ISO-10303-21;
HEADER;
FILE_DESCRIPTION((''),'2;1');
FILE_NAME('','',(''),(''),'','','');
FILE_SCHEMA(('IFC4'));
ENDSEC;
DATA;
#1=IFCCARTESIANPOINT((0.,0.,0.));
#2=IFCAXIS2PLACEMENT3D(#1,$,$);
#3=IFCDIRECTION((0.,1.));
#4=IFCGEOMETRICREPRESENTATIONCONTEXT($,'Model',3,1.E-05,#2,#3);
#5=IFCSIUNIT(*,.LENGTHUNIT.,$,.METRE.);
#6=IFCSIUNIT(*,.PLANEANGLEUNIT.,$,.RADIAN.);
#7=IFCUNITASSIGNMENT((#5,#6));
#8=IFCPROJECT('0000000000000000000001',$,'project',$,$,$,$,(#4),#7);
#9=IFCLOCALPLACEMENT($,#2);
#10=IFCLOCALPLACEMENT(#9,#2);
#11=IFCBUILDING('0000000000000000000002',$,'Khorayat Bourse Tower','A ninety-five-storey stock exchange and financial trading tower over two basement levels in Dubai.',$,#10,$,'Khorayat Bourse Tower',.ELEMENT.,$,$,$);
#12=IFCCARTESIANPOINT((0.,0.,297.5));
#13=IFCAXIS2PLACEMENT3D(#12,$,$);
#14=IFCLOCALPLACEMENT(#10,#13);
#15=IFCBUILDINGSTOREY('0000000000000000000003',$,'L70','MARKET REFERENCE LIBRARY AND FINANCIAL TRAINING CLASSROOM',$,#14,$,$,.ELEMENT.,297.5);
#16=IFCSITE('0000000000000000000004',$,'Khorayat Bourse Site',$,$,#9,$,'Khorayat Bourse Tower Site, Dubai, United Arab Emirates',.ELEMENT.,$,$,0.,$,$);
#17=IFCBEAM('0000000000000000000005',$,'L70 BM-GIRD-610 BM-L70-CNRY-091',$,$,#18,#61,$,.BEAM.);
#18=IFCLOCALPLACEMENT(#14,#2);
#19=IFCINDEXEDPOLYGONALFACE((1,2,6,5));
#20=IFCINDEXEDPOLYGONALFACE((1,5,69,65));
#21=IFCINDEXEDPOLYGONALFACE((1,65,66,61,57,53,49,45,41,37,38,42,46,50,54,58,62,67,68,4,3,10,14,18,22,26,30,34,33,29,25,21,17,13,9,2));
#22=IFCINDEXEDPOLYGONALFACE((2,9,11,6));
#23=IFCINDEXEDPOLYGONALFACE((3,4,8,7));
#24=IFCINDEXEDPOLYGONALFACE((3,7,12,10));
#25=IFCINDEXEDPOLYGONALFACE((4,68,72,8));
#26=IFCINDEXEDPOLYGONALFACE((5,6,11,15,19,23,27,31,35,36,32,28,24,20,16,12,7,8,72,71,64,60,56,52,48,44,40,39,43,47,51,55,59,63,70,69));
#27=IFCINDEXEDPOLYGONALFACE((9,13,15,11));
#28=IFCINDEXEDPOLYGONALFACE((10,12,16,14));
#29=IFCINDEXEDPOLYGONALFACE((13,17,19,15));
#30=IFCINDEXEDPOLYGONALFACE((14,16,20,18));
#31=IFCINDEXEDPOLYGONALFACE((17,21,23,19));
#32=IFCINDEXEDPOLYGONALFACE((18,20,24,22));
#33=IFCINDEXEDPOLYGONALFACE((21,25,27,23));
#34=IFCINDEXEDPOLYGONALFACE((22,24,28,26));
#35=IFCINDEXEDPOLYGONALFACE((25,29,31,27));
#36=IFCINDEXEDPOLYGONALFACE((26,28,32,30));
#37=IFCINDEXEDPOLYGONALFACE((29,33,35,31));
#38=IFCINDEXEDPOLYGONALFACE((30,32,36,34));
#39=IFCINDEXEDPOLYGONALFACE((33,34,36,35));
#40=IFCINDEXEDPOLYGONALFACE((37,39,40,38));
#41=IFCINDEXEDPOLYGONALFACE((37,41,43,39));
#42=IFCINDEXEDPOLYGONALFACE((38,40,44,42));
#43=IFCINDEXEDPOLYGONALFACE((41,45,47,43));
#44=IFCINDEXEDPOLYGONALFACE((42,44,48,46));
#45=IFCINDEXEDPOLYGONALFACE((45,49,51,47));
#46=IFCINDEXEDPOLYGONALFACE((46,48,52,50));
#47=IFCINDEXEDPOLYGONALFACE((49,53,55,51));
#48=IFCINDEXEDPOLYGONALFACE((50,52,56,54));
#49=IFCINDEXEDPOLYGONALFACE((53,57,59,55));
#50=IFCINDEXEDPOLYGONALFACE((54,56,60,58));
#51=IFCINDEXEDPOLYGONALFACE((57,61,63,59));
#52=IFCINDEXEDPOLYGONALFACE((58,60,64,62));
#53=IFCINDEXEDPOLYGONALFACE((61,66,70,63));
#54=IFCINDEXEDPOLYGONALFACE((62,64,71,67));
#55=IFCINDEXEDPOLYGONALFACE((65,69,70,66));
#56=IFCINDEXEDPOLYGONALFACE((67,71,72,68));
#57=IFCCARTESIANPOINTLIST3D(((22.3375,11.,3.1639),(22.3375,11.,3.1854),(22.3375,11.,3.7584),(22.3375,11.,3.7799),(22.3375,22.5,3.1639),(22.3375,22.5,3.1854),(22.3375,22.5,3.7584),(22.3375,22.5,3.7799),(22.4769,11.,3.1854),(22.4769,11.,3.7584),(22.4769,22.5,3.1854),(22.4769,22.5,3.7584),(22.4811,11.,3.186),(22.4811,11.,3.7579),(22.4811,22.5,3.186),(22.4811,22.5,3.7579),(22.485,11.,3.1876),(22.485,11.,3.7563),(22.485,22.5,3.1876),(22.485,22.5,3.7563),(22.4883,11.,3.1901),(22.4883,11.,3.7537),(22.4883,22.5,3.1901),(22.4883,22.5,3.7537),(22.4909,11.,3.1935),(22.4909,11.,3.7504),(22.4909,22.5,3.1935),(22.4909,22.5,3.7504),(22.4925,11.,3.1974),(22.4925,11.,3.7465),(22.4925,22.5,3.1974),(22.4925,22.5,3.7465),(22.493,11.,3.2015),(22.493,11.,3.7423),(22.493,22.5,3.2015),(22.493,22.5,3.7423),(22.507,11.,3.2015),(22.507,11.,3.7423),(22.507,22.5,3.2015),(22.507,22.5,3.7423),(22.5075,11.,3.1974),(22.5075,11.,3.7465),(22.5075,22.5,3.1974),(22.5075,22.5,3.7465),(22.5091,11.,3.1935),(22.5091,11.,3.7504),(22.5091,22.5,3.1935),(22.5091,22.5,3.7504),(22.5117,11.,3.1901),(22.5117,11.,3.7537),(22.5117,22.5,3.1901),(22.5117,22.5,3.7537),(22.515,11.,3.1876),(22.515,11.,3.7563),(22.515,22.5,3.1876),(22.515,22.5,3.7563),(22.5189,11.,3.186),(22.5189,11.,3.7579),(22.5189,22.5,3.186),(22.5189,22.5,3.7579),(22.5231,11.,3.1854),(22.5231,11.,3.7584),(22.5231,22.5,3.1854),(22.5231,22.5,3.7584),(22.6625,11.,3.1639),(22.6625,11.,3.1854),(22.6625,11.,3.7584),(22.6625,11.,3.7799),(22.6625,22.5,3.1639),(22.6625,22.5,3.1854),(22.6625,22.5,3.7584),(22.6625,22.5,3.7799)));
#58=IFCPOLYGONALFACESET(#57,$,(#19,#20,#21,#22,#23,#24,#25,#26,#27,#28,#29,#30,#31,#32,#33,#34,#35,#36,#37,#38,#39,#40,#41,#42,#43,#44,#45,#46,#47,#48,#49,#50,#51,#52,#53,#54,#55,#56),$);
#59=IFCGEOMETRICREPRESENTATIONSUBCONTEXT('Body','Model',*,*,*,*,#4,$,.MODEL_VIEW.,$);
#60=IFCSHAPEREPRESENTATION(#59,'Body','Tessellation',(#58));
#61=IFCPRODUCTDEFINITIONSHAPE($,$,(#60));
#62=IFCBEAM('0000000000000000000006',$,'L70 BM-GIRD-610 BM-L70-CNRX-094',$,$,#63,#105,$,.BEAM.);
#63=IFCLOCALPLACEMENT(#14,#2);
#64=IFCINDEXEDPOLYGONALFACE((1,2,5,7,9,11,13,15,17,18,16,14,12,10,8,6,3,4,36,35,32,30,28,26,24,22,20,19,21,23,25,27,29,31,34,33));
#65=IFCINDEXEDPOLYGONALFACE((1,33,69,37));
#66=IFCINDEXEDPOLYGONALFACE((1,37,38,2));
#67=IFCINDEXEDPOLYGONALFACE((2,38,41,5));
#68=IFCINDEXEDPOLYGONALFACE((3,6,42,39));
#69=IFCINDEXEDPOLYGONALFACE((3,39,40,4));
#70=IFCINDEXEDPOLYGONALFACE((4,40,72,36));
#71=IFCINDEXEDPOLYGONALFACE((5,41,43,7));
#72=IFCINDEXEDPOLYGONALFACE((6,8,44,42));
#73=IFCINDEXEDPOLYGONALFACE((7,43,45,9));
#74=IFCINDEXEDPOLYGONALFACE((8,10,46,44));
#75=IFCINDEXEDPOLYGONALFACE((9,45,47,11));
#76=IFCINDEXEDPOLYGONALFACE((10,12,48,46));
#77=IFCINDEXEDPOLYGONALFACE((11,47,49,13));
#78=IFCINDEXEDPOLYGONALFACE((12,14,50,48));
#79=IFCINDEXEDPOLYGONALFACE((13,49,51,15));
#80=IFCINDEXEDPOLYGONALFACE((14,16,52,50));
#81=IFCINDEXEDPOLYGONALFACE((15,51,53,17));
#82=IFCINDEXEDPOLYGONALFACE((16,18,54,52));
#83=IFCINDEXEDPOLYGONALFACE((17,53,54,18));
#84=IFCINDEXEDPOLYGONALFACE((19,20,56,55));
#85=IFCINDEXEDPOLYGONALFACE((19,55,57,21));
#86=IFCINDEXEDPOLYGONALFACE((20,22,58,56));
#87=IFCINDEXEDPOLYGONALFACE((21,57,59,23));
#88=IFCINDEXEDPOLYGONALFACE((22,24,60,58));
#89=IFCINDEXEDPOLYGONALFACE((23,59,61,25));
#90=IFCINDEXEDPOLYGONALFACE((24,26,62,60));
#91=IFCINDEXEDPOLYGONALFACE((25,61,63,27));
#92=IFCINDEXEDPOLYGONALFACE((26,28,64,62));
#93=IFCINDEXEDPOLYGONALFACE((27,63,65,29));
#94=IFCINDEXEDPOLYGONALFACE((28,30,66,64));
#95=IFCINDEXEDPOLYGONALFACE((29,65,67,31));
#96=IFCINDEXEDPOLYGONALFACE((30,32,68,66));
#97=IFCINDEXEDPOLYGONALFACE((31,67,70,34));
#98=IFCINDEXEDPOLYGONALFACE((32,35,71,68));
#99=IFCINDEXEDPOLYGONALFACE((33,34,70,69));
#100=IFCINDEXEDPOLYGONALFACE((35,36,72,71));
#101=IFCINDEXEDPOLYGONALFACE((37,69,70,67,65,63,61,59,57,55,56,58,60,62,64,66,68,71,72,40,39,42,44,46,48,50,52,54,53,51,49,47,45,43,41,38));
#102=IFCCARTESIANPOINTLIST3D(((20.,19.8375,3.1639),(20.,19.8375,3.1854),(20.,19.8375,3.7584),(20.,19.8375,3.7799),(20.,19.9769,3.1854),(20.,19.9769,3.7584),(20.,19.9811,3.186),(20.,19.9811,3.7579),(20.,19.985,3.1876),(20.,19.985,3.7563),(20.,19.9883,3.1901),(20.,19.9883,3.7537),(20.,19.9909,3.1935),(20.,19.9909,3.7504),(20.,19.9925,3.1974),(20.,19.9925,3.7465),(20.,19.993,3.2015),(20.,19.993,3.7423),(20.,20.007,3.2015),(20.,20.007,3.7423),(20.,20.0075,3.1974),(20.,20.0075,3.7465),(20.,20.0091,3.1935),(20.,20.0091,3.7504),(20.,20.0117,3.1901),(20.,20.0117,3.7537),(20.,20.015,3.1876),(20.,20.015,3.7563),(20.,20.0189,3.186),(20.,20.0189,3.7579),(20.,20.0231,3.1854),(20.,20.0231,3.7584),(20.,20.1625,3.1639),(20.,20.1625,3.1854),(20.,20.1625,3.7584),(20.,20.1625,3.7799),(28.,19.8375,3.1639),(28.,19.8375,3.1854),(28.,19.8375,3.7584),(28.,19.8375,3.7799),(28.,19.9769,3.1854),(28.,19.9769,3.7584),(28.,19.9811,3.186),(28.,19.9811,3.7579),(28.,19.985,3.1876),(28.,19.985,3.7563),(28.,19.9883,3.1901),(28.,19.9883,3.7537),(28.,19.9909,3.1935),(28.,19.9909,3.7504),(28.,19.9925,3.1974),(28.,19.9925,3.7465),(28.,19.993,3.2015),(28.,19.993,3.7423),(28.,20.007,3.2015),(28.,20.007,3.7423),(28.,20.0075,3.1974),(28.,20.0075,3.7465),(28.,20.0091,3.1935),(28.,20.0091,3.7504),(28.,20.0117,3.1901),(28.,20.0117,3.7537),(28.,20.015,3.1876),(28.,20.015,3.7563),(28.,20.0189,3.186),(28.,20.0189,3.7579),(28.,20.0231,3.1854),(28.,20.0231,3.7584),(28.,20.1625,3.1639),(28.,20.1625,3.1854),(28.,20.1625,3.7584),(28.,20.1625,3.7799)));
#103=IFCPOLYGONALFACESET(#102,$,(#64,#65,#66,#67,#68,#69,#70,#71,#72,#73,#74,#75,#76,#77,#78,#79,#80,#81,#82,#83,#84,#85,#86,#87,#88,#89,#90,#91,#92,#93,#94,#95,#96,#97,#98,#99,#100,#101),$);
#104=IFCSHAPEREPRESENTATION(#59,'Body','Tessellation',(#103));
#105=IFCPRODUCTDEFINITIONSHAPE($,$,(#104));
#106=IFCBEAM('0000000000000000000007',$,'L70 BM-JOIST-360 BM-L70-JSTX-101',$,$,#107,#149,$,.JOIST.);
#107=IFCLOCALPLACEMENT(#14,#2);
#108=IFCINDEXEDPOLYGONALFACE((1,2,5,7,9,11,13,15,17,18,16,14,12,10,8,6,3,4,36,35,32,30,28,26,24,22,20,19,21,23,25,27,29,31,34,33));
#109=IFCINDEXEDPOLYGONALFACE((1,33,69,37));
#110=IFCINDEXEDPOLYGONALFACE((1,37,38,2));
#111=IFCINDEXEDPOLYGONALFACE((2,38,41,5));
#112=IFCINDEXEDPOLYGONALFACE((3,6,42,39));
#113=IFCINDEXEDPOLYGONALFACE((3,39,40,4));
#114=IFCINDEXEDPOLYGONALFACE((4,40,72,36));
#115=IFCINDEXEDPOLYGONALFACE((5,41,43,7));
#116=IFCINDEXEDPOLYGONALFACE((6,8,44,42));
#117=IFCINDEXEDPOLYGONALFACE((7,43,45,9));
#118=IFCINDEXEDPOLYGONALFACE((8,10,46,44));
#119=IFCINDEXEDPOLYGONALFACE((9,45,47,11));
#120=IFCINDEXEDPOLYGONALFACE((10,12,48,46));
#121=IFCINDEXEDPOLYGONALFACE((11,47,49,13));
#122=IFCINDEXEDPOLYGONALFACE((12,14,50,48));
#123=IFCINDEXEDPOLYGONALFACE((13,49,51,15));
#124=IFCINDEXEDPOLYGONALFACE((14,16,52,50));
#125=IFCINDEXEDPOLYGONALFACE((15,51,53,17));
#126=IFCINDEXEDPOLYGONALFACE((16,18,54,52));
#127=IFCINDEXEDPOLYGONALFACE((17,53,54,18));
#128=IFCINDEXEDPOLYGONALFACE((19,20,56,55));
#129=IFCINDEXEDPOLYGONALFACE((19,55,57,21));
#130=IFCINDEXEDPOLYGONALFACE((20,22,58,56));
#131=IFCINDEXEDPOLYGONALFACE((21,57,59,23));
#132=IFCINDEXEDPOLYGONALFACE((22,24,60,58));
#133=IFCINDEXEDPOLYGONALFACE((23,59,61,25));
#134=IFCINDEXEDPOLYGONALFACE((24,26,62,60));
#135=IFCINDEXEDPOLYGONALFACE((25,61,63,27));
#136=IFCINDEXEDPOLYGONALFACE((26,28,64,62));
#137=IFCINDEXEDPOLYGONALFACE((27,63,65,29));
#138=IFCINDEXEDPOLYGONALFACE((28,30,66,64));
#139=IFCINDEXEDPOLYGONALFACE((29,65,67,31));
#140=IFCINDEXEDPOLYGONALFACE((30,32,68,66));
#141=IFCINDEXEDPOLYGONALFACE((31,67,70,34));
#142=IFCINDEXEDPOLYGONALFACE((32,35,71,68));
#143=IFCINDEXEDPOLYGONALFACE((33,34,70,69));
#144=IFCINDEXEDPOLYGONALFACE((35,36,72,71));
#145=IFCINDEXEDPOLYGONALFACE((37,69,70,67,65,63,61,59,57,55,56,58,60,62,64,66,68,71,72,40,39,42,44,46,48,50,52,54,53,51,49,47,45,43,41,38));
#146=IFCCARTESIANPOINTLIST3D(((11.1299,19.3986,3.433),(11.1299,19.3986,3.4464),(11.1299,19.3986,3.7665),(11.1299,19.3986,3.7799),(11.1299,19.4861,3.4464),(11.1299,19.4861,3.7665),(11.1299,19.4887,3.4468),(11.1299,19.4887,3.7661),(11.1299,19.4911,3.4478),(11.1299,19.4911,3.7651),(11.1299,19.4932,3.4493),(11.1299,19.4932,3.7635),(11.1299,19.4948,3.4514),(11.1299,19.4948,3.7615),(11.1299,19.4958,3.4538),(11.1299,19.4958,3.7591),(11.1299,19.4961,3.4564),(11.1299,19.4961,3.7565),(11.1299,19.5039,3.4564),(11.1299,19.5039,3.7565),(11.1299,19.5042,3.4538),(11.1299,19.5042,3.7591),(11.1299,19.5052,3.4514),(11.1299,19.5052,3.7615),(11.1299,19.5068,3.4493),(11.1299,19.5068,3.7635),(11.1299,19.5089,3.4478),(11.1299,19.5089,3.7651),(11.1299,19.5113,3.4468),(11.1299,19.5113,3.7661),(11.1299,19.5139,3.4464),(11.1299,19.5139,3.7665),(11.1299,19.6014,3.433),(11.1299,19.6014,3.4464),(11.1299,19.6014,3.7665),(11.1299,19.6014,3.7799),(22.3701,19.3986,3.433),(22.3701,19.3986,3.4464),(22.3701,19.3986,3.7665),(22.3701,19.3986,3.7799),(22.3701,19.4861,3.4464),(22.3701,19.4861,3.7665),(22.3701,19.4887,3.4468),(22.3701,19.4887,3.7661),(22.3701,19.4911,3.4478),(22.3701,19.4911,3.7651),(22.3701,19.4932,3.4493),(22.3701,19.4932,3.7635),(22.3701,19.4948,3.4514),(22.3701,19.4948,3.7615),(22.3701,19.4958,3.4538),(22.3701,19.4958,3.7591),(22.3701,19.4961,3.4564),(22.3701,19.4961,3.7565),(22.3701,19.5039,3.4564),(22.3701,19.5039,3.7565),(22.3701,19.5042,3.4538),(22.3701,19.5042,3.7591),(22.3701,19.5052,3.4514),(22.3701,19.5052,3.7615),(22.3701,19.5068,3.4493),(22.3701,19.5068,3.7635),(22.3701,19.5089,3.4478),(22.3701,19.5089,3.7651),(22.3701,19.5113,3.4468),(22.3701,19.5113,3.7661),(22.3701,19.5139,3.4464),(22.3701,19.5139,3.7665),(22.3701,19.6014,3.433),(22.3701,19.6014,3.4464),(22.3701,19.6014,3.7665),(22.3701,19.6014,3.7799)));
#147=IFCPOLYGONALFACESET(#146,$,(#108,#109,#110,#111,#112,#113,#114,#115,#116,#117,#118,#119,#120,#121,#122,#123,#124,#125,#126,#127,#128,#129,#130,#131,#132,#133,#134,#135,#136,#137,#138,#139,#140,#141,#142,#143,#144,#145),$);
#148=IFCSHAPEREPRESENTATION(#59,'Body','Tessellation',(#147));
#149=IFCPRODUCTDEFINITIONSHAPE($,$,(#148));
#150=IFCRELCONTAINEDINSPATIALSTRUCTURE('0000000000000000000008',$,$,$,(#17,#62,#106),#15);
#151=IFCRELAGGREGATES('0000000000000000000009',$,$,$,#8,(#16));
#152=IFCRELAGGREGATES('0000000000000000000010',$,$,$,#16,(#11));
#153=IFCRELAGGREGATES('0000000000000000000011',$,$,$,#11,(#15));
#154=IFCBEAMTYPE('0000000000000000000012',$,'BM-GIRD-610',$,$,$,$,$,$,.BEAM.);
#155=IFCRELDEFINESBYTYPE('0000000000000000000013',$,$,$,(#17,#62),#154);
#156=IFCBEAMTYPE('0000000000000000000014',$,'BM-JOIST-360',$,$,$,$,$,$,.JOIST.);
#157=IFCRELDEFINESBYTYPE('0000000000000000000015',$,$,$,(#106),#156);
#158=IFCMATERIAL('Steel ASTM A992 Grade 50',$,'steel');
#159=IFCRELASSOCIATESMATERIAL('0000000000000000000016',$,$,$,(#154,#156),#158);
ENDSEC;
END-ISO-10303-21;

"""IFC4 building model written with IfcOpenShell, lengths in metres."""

from ifc_helpers import new_model, si_unit, direction, frame, origin, origin_2d, place, context, subcontext, project, spatial, i_section, extrude, source, transform, mapped, material, material_profile, profile_set, type_object, element, save


model = new_model("IFC4")

# Units and contexts
model_context = context("Model", 3, precision=1e-05, world=origin(), true_north=direction((0.0, 1.0)))
body_context = subcontext(model_context, "Body", "Model", "MODEL_VIEW")
ifc_project = project(units=[si_unit("LENGTHUNIT", "METRE"), si_unit("PLANEANGLEUNIT", "RADIAN")], contexts=[model_context])

# Site, building, storey
site_placement = place(None, origin())
site = spatial("IfcSite", under=ifc_project, at=site_placement, Name="Khorayat Bourse Site", LongName="Khorayat Bourse Tower Site, Dubai, United Arab Emirates", CompositionType="ELEMENT", RefElevation=0.0)
building_placement = place(site_placement, origin())
building = spatial("IfcBuilding", under=site, at=building_placement, Name="Khorayat Bourse Tower", Description="A ninety-five-storey stock exchange and financial trading tower over two basement levels in Dubai.", LongName="Khorayat Bourse Tower", CompositionType="ELEMENT")
storey_placement = place(building_placement, frame((0.0, 0.0, 297.5)))
storey = spatial("IfcBuildingStorey", under=building, at=storey_placement, Name="L70", Description="MARKET REFERENCE LIBRARY AND FINANCIAL TRAINING CLASSROOM", CompositionType="ELEMENT", Elevation=297.5)

# Beams
ifc_material_1 = material(Name="Steel ASTM A992 Grade 50", Category="steel")
ifc_material_profile_1 = material_profile(ifc_material_1, i_section(OverallWidth=0.325, OverallDepth=0.616, WebThickness=0.0139, FlangeThickness=0.0215, FilletRadius=0.0161, at=origin_2d()), Name="W610X174")
ifc_profile_set_1 = profile_set([ifc_material_profile_1], Name="Steel ASTM A992 Grade 50")
beam_type_1 = type_object("IfcBeamType", Name="BM-GIRD-610", PredefinedType="BEAM", material=ifc_profile_set_1)
shared_shape_1 = source(origin(), body_context, "Body", "SweptSolid", [
    extrude(i_section(OverallWidth=0.325, OverallDepth=0.616, WebThickness=0.0139, FlangeThickness=0.0215, FilletRadius=0.0161, at=origin_2d()), origin(), (0.0, 0.0, 1.0), 11.5),
])
beam_1_placement = place(storey_placement, frame((22.5, 11.0, 3.4719), z_axis=(0.0, 1.0, 0.0), x_axis=(-1.0, 0.0, 0.0)))
element("IfcBeam", 1, at=beam_1_placement, inside=storey, type_object=beam_type_1, Name="L70 BM-GIRD-610 BM-L70-CNRY-091", PredefinedType="BEAM", context=body_context, shape_type="MappedRepresentation", body=[
    mapped(shared_shape_1, transform((0.0, 0.0, 0.0), scale=1.0)),
])
shared_shape_2 = source(origin(), body_context, "Body", "SweptSolid", [
    extrude(i_section(OverallWidth=0.325, OverallDepth=0.616, WebThickness=0.0139, FlangeThickness=0.0215, FilletRadius=0.0161, at=origin_2d()), origin(), (0.0, 0.0, 1.0), 8.0),
])
beam_2_placement = place(storey_placement, frame((20.0, 20.0, 3.4719), z_axis=(1.0, 0.0, 0.0), x_axis=(0.0, 1.0, 0.0)))
element("IfcBeam", 2, at=beam_2_placement, inside=storey, type_object=beam_type_1, Name="L70 BM-GIRD-610 BM-L70-CNRX-094", PredefinedType="BEAM", context=body_context, shape_type="MappedRepresentation", body=[
    mapped(shared_shape_2, transform((0.0, 0.0, 0.0), scale=1.0)),
])
ifc_material_profile_2 = material_profile(ifc_material_1, i_section(OverallWidth=0.2029, OverallDepth=0.3469, WebThickness=0.0078, FlangeThickness=0.0134, FilletRadius=0.01, at=origin_2d()), Name="W360X64")
ifc_profile_set_2 = profile_set([ifc_material_profile_2], Name="Steel ASTM A992 Grade 50")
beam_type_2 = type_object("IfcBeamType", Name="BM-JOIST-360", PredefinedType="JOIST", material=ifc_profile_set_2)
shared_shape_3 = source(origin(), body_context, "Body", "SweptSolid", [
    extrude(i_section(OverallWidth=0.2029, OverallDepth=0.3469, WebThickness=0.0078, FlangeThickness=0.0134, FilletRadius=0.01, at=origin_2d()), origin(), (0.0, 0.0, 1.0), 11.2402),
])
beam_3_placement = place(storey_placement, frame((11.1299, 19.5, 3.6064), z_axis=(1.0, 0.0, 0.0), x_axis=(0.0, 1.0, 0.0)))
element("IfcBeam", 3, at=beam_3_placement, inside=storey, type_object=beam_type_2, Name="L70 BM-JOIST-360 BM-L70-JSTX-101", PredefinedType="JOIST", context=body_context, shape_type="MappedRepresentation", body=[
    mapped(shared_shape_3, transform((0.0, 0.0, 0.0), scale=1.0)),
])

save(model, "model.ifc")
